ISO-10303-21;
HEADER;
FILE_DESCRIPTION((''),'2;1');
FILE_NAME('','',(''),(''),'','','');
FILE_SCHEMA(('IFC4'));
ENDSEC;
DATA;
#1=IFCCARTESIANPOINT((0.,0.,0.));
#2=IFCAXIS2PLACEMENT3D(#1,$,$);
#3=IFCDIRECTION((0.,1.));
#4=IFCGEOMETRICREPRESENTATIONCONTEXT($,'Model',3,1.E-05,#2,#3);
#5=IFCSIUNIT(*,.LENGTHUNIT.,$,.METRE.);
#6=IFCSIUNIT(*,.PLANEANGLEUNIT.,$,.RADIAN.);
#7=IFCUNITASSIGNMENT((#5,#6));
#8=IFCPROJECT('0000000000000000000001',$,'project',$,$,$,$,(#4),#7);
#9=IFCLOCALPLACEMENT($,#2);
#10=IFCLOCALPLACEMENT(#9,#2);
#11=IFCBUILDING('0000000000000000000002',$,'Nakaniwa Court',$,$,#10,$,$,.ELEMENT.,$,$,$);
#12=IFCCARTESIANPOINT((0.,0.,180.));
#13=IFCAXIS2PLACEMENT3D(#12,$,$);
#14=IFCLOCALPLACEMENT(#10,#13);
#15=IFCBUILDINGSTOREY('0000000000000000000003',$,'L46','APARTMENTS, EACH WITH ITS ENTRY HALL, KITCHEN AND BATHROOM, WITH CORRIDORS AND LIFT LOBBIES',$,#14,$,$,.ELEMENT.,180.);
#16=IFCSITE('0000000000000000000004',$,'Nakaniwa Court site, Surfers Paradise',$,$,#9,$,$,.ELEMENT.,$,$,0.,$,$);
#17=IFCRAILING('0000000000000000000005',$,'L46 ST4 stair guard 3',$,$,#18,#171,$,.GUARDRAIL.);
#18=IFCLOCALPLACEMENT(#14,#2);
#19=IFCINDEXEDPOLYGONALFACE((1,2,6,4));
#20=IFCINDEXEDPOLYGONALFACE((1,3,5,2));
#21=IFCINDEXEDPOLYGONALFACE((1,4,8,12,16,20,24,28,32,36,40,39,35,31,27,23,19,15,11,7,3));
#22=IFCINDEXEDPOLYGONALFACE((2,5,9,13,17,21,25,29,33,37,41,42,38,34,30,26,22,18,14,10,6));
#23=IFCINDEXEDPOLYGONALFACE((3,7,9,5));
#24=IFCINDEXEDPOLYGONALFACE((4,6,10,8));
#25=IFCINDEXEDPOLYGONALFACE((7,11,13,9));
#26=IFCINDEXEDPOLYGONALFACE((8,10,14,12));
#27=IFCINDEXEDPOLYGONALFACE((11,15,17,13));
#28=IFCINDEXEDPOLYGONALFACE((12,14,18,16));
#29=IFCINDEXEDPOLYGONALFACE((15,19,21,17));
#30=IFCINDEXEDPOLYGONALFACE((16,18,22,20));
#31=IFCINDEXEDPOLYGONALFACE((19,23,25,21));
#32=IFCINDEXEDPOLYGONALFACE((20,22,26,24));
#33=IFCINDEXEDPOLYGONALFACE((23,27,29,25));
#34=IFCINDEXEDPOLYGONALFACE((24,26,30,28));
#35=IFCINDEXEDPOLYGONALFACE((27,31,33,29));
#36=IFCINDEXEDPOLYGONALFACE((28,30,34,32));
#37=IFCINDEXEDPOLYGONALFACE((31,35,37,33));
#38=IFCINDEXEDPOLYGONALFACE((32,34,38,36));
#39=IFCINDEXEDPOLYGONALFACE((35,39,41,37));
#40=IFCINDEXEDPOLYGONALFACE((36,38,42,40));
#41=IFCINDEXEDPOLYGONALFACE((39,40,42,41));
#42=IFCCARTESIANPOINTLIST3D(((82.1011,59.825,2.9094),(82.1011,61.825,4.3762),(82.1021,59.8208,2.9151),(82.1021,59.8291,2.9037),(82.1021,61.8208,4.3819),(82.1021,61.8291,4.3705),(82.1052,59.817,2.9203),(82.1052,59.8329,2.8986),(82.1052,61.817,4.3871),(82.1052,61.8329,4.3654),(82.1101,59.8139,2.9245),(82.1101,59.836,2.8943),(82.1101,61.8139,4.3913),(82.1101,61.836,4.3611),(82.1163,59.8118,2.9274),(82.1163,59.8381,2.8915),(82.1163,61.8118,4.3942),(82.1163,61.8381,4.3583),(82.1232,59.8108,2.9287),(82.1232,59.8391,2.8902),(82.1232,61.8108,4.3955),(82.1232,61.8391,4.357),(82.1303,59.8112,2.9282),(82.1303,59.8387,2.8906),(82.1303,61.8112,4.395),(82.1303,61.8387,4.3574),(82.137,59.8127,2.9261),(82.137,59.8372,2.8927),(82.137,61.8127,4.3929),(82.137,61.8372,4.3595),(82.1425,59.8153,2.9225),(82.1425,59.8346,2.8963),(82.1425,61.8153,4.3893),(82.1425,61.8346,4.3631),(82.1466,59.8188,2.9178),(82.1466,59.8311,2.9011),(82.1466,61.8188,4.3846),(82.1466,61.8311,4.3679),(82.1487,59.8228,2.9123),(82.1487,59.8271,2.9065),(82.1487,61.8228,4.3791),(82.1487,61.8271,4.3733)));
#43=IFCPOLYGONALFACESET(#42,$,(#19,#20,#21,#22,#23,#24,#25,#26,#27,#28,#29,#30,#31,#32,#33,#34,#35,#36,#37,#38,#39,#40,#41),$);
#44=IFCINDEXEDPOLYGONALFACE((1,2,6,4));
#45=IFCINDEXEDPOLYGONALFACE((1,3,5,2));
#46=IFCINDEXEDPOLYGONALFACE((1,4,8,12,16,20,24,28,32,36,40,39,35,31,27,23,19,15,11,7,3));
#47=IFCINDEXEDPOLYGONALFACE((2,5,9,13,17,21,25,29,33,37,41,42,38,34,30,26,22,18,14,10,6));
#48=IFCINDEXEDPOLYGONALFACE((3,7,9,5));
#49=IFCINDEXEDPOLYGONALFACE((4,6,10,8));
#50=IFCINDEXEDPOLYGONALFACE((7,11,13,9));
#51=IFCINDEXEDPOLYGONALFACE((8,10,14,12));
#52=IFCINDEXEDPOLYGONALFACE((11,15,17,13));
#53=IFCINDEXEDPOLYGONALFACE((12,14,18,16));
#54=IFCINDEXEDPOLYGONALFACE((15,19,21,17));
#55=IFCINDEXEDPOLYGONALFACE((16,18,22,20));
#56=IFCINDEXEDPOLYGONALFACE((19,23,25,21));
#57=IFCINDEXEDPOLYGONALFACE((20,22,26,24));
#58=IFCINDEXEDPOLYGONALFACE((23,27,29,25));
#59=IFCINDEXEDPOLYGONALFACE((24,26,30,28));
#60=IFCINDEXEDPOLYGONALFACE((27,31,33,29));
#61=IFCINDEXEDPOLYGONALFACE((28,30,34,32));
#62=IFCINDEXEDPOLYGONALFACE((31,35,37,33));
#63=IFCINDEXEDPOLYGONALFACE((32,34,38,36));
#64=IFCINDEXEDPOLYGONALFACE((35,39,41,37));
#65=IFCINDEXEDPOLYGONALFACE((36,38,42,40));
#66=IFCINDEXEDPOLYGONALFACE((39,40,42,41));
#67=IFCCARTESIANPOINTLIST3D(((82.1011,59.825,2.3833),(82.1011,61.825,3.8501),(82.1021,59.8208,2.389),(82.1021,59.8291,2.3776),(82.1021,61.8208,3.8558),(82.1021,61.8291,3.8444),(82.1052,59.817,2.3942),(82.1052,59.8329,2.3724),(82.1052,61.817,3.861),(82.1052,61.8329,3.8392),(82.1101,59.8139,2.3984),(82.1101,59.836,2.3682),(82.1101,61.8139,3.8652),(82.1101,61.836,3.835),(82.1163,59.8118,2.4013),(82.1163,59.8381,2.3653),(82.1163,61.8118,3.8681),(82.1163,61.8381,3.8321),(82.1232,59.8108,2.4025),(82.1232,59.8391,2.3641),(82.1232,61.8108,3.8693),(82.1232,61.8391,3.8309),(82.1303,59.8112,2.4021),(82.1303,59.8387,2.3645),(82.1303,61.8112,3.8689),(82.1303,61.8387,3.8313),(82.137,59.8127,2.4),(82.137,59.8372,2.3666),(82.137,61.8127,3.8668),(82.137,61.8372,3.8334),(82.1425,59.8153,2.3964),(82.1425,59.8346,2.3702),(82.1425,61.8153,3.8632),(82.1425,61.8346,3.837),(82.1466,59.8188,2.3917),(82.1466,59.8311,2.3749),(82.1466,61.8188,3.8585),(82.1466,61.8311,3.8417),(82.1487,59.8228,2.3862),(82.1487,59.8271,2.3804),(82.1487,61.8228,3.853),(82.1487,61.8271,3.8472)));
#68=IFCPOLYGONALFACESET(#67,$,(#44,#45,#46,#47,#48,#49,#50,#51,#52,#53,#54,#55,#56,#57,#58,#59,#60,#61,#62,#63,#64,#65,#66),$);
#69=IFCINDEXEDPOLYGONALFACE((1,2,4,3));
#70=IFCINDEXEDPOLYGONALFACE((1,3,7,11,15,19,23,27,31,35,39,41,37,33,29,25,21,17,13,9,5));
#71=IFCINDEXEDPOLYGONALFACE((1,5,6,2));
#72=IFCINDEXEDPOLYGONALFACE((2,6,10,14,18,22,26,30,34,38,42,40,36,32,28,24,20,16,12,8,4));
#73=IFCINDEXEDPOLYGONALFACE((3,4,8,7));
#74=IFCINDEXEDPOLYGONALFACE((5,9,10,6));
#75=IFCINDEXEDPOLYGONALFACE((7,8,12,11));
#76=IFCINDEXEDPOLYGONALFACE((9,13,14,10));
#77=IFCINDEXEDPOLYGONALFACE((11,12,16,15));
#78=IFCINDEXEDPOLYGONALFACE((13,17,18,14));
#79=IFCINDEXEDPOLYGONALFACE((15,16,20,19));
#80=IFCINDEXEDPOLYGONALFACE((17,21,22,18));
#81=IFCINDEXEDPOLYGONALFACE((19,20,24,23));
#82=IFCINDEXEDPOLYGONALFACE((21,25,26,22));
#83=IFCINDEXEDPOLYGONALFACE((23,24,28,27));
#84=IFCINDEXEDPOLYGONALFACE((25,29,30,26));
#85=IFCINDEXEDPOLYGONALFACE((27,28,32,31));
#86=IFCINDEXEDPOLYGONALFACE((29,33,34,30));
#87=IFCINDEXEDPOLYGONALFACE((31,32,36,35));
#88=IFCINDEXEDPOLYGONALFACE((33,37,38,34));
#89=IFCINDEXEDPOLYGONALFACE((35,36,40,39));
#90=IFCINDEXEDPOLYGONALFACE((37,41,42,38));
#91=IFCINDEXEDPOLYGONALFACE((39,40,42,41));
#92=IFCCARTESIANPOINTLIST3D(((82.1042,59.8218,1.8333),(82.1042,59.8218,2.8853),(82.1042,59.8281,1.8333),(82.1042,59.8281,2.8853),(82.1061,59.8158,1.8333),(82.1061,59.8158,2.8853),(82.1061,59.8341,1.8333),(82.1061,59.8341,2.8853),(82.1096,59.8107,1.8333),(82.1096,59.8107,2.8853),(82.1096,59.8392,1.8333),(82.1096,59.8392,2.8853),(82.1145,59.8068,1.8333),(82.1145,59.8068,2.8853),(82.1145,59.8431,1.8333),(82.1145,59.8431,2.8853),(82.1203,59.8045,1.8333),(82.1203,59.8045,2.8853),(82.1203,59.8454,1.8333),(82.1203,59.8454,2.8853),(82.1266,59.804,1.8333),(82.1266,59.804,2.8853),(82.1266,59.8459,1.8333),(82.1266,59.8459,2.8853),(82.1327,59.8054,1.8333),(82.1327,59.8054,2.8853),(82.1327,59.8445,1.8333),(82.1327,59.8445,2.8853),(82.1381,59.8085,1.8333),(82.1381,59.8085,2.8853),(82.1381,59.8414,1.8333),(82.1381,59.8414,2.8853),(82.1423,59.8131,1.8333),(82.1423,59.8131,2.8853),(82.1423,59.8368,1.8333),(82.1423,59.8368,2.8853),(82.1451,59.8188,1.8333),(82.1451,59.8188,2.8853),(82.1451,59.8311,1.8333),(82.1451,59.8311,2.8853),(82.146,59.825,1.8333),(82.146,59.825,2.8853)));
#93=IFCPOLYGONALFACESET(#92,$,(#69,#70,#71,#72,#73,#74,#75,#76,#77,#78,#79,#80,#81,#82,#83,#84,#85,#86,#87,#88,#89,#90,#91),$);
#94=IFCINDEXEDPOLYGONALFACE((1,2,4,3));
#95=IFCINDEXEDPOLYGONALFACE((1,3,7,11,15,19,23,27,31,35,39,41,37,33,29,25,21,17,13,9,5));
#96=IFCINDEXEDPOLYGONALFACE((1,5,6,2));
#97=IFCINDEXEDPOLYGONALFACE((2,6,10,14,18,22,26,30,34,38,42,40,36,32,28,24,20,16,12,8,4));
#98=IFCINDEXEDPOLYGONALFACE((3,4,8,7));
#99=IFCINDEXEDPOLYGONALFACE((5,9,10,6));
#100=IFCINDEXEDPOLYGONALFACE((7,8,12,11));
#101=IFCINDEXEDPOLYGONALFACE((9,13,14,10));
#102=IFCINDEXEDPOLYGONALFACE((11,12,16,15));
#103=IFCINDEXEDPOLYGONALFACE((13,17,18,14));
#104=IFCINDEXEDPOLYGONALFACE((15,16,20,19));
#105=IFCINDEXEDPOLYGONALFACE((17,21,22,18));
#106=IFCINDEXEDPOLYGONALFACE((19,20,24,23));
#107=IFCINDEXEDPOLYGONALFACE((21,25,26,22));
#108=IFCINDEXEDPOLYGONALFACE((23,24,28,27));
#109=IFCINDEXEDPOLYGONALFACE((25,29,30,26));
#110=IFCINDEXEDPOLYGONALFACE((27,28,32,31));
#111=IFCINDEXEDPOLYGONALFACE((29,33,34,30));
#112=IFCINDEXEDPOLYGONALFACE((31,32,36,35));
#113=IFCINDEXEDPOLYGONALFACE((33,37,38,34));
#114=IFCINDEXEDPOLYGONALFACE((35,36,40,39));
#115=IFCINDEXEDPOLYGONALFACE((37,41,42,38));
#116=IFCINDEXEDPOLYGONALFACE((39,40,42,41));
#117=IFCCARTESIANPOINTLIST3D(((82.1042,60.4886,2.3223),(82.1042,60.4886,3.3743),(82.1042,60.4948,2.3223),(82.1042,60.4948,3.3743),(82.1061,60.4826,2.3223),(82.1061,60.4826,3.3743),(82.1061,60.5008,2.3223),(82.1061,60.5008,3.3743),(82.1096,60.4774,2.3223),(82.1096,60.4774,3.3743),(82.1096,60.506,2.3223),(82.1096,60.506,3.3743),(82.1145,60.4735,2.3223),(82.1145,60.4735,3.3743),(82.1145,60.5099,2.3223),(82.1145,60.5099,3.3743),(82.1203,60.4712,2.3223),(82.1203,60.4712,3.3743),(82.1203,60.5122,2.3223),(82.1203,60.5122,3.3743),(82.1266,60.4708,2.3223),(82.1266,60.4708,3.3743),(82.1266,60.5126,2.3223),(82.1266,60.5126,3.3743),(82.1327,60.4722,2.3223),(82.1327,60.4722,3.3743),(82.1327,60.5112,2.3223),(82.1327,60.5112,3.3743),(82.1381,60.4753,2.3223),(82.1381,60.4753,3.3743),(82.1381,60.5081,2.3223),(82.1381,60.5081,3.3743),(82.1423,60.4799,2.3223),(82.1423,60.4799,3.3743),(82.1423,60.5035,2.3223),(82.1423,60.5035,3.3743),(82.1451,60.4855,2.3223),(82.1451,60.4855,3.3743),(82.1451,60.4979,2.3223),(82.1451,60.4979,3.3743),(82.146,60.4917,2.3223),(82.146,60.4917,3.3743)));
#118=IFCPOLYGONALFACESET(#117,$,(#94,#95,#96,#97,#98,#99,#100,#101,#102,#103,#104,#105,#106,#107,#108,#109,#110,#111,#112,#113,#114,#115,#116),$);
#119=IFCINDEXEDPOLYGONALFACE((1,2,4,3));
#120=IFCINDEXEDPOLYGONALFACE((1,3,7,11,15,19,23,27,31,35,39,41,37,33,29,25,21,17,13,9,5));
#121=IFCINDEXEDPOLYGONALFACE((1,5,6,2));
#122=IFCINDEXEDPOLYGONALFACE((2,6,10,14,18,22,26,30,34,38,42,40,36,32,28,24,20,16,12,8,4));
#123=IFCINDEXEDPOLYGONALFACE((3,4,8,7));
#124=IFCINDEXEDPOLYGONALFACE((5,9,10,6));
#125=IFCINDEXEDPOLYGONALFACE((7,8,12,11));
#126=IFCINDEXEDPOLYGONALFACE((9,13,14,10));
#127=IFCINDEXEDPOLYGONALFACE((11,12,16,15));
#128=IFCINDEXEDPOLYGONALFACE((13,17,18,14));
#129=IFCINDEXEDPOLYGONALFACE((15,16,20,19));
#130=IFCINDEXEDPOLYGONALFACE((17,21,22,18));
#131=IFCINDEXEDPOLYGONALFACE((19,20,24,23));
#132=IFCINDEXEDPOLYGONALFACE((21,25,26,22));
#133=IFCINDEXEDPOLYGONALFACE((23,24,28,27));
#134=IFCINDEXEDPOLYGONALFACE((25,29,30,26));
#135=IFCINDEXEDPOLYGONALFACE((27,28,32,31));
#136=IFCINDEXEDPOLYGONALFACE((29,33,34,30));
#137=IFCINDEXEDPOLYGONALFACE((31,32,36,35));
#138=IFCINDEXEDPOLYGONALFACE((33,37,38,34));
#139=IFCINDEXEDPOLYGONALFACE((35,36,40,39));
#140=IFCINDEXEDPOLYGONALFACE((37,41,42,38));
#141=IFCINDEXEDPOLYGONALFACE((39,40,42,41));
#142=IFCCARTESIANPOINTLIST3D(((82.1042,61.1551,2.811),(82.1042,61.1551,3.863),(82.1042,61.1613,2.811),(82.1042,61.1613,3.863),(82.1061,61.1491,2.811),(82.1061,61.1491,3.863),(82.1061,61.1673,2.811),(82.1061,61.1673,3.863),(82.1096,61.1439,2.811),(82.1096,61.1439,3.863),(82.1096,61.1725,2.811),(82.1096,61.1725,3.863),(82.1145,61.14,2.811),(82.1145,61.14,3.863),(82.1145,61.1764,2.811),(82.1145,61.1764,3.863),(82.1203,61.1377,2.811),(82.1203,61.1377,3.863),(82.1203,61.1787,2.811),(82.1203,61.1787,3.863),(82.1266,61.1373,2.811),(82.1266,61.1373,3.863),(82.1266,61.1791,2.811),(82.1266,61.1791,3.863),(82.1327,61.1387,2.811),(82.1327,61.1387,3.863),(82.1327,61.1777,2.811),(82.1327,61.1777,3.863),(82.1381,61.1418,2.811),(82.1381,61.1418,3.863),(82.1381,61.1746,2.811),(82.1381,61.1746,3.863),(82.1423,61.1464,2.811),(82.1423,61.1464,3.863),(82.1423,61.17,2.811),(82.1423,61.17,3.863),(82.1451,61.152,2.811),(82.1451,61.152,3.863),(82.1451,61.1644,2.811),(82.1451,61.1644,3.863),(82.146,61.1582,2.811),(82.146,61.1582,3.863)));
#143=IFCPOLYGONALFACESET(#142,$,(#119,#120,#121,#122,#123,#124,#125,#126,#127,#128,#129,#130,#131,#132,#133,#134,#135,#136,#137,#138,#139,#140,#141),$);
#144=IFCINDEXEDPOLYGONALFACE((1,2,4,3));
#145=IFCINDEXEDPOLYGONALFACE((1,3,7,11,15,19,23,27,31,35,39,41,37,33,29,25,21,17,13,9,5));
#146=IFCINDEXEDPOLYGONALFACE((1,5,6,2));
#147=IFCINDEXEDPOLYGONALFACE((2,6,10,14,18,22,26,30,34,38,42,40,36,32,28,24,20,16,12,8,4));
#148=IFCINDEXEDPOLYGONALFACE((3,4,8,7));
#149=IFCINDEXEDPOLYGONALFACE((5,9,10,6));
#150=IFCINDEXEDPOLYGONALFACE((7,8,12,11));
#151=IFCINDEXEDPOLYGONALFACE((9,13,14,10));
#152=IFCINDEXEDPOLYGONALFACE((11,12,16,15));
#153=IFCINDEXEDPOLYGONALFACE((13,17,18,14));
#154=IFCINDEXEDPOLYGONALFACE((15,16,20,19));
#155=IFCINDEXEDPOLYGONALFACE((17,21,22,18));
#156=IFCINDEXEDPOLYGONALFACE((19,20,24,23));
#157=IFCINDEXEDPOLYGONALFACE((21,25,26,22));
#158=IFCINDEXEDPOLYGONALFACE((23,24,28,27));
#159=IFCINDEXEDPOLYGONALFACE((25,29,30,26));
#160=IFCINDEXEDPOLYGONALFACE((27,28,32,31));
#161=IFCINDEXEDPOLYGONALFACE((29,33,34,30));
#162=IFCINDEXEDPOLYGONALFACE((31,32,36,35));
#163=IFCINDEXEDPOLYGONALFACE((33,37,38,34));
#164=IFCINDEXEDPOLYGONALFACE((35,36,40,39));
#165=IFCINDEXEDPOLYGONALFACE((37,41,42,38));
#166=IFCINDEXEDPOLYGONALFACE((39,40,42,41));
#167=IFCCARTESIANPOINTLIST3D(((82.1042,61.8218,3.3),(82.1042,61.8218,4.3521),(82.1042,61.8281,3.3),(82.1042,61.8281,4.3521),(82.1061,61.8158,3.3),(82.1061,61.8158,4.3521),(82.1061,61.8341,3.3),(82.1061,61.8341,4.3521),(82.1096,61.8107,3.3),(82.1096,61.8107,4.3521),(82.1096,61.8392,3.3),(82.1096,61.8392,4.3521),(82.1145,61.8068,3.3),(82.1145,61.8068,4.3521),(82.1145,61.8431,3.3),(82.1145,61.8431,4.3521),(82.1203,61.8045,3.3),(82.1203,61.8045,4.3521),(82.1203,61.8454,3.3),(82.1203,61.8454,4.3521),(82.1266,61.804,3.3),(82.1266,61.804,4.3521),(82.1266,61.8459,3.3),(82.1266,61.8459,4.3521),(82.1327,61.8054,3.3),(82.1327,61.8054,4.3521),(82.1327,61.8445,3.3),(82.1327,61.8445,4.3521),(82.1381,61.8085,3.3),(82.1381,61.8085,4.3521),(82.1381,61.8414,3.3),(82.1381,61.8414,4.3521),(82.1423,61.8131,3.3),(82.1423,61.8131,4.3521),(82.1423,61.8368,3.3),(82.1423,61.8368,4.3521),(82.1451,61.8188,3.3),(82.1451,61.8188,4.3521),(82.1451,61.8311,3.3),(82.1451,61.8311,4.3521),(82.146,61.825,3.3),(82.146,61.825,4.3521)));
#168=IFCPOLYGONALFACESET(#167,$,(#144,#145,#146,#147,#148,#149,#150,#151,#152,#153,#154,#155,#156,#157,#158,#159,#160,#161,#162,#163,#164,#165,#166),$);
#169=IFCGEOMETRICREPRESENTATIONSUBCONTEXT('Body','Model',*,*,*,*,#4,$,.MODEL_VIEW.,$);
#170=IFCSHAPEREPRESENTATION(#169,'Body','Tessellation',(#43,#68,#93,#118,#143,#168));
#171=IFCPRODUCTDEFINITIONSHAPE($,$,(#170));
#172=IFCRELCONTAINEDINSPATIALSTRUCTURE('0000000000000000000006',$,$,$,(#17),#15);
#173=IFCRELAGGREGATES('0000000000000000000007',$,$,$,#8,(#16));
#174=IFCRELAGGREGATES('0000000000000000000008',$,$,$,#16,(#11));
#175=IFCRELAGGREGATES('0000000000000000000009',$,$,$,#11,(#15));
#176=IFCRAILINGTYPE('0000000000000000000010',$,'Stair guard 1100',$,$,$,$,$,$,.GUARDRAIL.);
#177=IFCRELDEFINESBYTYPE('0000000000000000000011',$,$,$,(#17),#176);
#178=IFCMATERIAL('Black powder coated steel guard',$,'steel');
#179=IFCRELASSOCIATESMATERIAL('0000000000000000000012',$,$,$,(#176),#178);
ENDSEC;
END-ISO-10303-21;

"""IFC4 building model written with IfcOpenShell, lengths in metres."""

from ifc_helpers import new_model, si_unit, direction, frame, origin, origin_2d, place, context, subcontext, project, spatial, circle, extrude, material, type_object, element, save


model = new_model("IFC4")

# Units and contexts
model_context = context("Model", 3, precision=1e-05, world=origin(), true_north=direction((0.0, 1.0)))
body_context = subcontext(model_context, "Body", "Model", "MODEL_VIEW")
ifc_project = project(units=[si_unit("LENGTHUNIT", "METRE"), si_unit("PLANEANGLEUNIT", "RADIAN")], contexts=[model_context])

# Site, building, storey
site_placement = place(None, origin())
site = spatial("IfcSite", under=ifc_project, at=site_placement, Name="Nakaniwa Court site, Surfers Paradise", CompositionType="ELEMENT", RefElevation=0.0)
building_placement = place(site_placement, origin())
building = spatial("IfcBuilding", under=site, at=building_placement, Name="Nakaniwa Court", CompositionType="ELEMENT")
storey_placement = place(building_placement, frame((0.0, 0.0, 180.0)))
storey = spatial("IfcBuildingStorey", under=building, at=storey_placement, Name="L46", Description="APARTMENTS, EACH WITH ITS ENTRY HALL, KITCHEN AND BATHROOM, WITH CORRIDORS AND LIFT LOBBIES", CompositionType="ELEMENT", Elevation=180.0)

# Railing
ifc_material_1 = material(Name="Black powder coated steel guard", Category="steel")
railing_type_1 = type_object("IfcRailingType", Name="Stair guard 1100", PredefinedType="GUARDRAIL", material=ifc_material_1)
railing_1_placement = place(storey_placement, frame((82.125, 59.825, 1.8333)))
element("IfcRailing", 1, at=railing_1_placement, inside=storey, type_object=railing_type_1, Name="L46 ST4 stair guard 3", PredefinedType="GUARDRAIL", context=body_context, shape_type="SweptSolid", body=[
    extrude(circle(Radius=0.0239, at=origin_2d()), frame((0.0, 0.0, 1.0762), z_axis=(0.0, 0.80638, 0.591398), x_axis=(-1.0, 0.0, 0.0)), (0.0, 0.0, 1.0), 2.4802),
    extrude(circle(Radius=0.0239, at=origin_2d()), frame((0.0, 0.0, 0.55), z_axis=(0.0, 0.80638, 0.591398), x_axis=(-1.0, 0.0, 0.0)), (0.0, 0.0, 1.0), 2.4802),
    extrude(circle(Radius=0.021, at=origin_2d()), origin(), (0.0, 0.0, 1.0), 1.052),
    extrude(circle(Radius=0.021, at=origin_2d()), frame((0.0, 0.6667, 0.489)), (0.0, 0.0, 1.0), 1.052),
    extrude(circle(Radius=0.021, at=origin_2d()), frame((0.0, 1.3333, 0.9778)), (0.0, 0.0, 1.0), 1.052),
    extrude(circle(Radius=0.021, at=origin_2d()), frame((0.0, 2.0, 1.4668)), (0.0, 0.0, 1.0), 1.052),
])

save(model, "model.ifc")
